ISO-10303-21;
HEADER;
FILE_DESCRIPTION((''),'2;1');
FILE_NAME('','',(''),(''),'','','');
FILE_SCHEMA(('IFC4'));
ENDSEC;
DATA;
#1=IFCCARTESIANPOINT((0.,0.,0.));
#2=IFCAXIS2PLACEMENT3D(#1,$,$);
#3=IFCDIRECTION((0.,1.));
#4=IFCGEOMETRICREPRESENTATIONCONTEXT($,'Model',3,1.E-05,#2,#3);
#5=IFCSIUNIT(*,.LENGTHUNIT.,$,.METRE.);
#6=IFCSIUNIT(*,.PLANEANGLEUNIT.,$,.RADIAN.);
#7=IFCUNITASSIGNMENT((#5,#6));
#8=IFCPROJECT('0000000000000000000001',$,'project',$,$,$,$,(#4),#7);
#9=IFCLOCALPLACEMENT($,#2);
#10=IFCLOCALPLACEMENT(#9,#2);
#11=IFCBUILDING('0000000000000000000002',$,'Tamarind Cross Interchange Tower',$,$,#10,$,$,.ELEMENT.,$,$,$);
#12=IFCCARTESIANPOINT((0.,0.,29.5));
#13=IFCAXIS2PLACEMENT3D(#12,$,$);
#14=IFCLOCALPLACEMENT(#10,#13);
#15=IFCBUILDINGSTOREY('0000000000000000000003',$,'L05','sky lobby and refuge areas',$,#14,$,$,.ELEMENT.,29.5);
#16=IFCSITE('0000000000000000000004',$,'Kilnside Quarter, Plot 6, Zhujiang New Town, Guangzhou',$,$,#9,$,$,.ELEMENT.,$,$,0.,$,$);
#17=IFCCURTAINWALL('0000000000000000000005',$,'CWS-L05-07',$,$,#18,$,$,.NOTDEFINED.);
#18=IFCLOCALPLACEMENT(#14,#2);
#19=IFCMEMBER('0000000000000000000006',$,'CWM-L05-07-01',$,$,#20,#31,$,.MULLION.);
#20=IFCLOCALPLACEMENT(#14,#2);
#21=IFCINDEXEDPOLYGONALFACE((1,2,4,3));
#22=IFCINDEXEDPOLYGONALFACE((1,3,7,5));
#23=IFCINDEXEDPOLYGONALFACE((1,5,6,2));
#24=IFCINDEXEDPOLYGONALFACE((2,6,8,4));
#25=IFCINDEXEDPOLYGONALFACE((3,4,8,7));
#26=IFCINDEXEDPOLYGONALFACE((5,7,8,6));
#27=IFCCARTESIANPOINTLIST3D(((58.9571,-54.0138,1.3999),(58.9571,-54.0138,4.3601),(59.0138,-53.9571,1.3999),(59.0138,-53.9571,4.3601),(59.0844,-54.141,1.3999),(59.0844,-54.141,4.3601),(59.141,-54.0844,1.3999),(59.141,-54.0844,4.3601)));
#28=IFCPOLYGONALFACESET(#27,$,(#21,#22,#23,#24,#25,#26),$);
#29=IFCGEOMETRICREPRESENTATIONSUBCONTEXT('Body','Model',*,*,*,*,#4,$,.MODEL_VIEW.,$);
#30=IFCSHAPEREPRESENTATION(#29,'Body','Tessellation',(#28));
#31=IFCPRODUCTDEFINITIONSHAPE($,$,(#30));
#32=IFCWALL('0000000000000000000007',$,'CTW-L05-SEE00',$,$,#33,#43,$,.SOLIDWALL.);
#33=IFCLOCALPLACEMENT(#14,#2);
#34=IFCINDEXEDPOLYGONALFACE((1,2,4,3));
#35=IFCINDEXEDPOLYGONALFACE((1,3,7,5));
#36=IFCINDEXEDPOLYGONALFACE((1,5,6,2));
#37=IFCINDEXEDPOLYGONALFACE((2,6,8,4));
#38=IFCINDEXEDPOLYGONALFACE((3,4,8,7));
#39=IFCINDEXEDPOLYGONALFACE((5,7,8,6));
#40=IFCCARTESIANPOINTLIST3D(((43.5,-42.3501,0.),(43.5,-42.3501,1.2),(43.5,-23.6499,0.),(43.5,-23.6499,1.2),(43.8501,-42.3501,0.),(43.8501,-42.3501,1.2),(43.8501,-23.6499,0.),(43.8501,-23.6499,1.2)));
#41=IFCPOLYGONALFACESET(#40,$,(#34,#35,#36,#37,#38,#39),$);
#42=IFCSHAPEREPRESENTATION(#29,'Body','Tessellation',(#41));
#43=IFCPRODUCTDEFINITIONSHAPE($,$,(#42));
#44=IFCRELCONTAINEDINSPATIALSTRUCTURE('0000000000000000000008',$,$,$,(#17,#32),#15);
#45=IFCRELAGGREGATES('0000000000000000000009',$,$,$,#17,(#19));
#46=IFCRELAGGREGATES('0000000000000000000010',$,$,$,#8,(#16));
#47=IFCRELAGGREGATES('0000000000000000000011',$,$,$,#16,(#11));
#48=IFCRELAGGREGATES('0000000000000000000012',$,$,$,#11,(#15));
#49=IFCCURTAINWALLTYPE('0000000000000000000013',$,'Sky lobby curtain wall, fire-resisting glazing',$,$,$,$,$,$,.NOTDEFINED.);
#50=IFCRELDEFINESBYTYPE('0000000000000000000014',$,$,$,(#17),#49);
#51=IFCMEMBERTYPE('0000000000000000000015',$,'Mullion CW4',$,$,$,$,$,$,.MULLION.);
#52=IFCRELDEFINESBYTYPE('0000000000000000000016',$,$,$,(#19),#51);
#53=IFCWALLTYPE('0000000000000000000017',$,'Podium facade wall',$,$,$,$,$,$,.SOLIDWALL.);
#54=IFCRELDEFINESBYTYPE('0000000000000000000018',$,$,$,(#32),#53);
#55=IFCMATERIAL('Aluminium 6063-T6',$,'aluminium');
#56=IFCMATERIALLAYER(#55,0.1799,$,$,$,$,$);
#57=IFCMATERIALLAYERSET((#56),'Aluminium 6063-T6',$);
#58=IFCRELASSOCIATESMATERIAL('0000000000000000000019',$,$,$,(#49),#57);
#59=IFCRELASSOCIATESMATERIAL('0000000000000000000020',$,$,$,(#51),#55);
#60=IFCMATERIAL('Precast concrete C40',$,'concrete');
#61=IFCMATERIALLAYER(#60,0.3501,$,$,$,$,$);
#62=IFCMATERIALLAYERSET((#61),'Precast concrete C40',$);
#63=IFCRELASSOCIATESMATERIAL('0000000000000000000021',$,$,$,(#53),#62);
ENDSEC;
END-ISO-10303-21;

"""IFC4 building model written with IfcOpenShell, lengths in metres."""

from ifc_helpers import new_model, si_unit, direction, frame, frame_2d, origin, origin_2d, place, context, subcontext, project, spatial, rectangle, extrude, material, layer, layer_set, material_profile, profile_set, type_object, element, aggregate, save


model = new_model("IFC4")

# Units and contexts
model_context = context("Model", 3, precision=1e-05, world=origin(), true_north=direction((0.0, 1.0)))
body_context = subcontext(model_context, "Body", "Model", "MODEL_VIEW")
ifc_project = project(units=[si_unit("LENGTHUNIT", "METRE"), si_unit("PLANEANGLEUNIT", "RADIAN")], contexts=[model_context])

# Site, building, storey
site_placement = place(None, origin())
site = spatial("IfcSite", under=ifc_project, at=site_placement, Name="Kilnside Quarter, Plot 6, Zhujiang New Town, Guangzhou", CompositionType="ELEMENT", RefElevation=0.0)
building_placement = place(site_placement, origin())
building = spatial("IfcBuilding", under=site, at=building_placement, Name="Tamarind Cross Interchange Tower", CompositionType="ELEMENT")
storey_placement = place(building_placement, frame((0.0, 0.0, 29.5)))
storey = spatial("IfcBuildingStorey", under=building, at=storey_placement, Name="L05", Description="sky lobby and refuge areas", CompositionType="ELEMENT", Elevation=29.5)

# Curtain wall, member
ifc_material_1 = material(Name="Aluminium 6063-T6", Category="aluminium")
ifc_layer_1 = layer(ifc_material_1, 0.1799)
ifc_layer_set_1 = layer_set([ifc_layer_1], Name="Aluminium 6063-T6")
curtain_wall_type = type_object("IfcCurtainWallType", Name="Sky lobby curtain wall, fire-resisting glazing", PredefinedType="NOTDEFINED", material=ifc_layer_set_1)
ifc_material_profile = material_profile(ifc_material_1, rectangle(XDim=0.0801, YDim=0.1799, at=origin_2d()), Name="Mullion CW4")
ifc_profile_set = profile_set([ifc_material_profile], Name="Aluminium 6063-T6")
member_type = type_object("IfcMemberType", Name="Mullion CW4", PredefinedType="MULLION", material=ifc_profile_set)
curtain_wall_1_placement = place(storey_placement, origin())
curtain_wall_1 = element("IfcCurtainWall", 1, at=curtain_wall_1_placement, inside=storey, type_object=curtain_wall_type, Name="CWS-L05-07", PredefinedType="NOTDEFINED")
member_1_placement = place(storey_placement, frame((59.0491, -54.0491, 1.3999), z_axis=(0.0, 0.0, 1.0), x_axis=(0.707107, 0.707107, 0.0)))
member_1 = element("IfcMember", 2, at=member_1_placement, type_object=member_type, Name="CWM-L05-07-01", PredefinedType="MULLION", context=body_context, shape_type="SweptSolid", body=[
    extrude(rectangle(XDim=0.0801, YDim=0.1799, at=origin_2d()), origin(), (0.0, 0.0, 1.0), 2.9602),
])
aggregate(curtain_wall_1, [member_1])

# Wall
ifc_material_2 = material(Name="Precast concrete C40", Category="concrete")
ifc_layer_2 = layer(ifc_material_2, 0.3501)
ifc_layer_set_2 = layer_set([ifc_layer_2], Name="Precast concrete C40")
wall_type = type_object("IfcWallType", Name="Podium facade wall", PredefinedType="SOLIDWALL", material=ifc_layer_set_2)
wall_placement = place(storey_placement, frame((43.675, -42.3501, 0.0), z_axis=(0.0, 0.0, 1.0), x_axis=(0.0, 1.0, 0.0)))
element("IfcWall", 3, at=wall_placement, inside=storey, type_object=wall_type, Name="CTW-L05-SEE00", PredefinedType="SOLIDWALL", context=body_context, shape_type="SweptSolid", body=[
    extrude(rectangle(XDim=18.7002, YDim=0.3501, at=frame_2d((9.3501, 0.0))), origin(), (0.0, 0.0, 1.0), 1.2),
])

save(model, "model.ifc")
